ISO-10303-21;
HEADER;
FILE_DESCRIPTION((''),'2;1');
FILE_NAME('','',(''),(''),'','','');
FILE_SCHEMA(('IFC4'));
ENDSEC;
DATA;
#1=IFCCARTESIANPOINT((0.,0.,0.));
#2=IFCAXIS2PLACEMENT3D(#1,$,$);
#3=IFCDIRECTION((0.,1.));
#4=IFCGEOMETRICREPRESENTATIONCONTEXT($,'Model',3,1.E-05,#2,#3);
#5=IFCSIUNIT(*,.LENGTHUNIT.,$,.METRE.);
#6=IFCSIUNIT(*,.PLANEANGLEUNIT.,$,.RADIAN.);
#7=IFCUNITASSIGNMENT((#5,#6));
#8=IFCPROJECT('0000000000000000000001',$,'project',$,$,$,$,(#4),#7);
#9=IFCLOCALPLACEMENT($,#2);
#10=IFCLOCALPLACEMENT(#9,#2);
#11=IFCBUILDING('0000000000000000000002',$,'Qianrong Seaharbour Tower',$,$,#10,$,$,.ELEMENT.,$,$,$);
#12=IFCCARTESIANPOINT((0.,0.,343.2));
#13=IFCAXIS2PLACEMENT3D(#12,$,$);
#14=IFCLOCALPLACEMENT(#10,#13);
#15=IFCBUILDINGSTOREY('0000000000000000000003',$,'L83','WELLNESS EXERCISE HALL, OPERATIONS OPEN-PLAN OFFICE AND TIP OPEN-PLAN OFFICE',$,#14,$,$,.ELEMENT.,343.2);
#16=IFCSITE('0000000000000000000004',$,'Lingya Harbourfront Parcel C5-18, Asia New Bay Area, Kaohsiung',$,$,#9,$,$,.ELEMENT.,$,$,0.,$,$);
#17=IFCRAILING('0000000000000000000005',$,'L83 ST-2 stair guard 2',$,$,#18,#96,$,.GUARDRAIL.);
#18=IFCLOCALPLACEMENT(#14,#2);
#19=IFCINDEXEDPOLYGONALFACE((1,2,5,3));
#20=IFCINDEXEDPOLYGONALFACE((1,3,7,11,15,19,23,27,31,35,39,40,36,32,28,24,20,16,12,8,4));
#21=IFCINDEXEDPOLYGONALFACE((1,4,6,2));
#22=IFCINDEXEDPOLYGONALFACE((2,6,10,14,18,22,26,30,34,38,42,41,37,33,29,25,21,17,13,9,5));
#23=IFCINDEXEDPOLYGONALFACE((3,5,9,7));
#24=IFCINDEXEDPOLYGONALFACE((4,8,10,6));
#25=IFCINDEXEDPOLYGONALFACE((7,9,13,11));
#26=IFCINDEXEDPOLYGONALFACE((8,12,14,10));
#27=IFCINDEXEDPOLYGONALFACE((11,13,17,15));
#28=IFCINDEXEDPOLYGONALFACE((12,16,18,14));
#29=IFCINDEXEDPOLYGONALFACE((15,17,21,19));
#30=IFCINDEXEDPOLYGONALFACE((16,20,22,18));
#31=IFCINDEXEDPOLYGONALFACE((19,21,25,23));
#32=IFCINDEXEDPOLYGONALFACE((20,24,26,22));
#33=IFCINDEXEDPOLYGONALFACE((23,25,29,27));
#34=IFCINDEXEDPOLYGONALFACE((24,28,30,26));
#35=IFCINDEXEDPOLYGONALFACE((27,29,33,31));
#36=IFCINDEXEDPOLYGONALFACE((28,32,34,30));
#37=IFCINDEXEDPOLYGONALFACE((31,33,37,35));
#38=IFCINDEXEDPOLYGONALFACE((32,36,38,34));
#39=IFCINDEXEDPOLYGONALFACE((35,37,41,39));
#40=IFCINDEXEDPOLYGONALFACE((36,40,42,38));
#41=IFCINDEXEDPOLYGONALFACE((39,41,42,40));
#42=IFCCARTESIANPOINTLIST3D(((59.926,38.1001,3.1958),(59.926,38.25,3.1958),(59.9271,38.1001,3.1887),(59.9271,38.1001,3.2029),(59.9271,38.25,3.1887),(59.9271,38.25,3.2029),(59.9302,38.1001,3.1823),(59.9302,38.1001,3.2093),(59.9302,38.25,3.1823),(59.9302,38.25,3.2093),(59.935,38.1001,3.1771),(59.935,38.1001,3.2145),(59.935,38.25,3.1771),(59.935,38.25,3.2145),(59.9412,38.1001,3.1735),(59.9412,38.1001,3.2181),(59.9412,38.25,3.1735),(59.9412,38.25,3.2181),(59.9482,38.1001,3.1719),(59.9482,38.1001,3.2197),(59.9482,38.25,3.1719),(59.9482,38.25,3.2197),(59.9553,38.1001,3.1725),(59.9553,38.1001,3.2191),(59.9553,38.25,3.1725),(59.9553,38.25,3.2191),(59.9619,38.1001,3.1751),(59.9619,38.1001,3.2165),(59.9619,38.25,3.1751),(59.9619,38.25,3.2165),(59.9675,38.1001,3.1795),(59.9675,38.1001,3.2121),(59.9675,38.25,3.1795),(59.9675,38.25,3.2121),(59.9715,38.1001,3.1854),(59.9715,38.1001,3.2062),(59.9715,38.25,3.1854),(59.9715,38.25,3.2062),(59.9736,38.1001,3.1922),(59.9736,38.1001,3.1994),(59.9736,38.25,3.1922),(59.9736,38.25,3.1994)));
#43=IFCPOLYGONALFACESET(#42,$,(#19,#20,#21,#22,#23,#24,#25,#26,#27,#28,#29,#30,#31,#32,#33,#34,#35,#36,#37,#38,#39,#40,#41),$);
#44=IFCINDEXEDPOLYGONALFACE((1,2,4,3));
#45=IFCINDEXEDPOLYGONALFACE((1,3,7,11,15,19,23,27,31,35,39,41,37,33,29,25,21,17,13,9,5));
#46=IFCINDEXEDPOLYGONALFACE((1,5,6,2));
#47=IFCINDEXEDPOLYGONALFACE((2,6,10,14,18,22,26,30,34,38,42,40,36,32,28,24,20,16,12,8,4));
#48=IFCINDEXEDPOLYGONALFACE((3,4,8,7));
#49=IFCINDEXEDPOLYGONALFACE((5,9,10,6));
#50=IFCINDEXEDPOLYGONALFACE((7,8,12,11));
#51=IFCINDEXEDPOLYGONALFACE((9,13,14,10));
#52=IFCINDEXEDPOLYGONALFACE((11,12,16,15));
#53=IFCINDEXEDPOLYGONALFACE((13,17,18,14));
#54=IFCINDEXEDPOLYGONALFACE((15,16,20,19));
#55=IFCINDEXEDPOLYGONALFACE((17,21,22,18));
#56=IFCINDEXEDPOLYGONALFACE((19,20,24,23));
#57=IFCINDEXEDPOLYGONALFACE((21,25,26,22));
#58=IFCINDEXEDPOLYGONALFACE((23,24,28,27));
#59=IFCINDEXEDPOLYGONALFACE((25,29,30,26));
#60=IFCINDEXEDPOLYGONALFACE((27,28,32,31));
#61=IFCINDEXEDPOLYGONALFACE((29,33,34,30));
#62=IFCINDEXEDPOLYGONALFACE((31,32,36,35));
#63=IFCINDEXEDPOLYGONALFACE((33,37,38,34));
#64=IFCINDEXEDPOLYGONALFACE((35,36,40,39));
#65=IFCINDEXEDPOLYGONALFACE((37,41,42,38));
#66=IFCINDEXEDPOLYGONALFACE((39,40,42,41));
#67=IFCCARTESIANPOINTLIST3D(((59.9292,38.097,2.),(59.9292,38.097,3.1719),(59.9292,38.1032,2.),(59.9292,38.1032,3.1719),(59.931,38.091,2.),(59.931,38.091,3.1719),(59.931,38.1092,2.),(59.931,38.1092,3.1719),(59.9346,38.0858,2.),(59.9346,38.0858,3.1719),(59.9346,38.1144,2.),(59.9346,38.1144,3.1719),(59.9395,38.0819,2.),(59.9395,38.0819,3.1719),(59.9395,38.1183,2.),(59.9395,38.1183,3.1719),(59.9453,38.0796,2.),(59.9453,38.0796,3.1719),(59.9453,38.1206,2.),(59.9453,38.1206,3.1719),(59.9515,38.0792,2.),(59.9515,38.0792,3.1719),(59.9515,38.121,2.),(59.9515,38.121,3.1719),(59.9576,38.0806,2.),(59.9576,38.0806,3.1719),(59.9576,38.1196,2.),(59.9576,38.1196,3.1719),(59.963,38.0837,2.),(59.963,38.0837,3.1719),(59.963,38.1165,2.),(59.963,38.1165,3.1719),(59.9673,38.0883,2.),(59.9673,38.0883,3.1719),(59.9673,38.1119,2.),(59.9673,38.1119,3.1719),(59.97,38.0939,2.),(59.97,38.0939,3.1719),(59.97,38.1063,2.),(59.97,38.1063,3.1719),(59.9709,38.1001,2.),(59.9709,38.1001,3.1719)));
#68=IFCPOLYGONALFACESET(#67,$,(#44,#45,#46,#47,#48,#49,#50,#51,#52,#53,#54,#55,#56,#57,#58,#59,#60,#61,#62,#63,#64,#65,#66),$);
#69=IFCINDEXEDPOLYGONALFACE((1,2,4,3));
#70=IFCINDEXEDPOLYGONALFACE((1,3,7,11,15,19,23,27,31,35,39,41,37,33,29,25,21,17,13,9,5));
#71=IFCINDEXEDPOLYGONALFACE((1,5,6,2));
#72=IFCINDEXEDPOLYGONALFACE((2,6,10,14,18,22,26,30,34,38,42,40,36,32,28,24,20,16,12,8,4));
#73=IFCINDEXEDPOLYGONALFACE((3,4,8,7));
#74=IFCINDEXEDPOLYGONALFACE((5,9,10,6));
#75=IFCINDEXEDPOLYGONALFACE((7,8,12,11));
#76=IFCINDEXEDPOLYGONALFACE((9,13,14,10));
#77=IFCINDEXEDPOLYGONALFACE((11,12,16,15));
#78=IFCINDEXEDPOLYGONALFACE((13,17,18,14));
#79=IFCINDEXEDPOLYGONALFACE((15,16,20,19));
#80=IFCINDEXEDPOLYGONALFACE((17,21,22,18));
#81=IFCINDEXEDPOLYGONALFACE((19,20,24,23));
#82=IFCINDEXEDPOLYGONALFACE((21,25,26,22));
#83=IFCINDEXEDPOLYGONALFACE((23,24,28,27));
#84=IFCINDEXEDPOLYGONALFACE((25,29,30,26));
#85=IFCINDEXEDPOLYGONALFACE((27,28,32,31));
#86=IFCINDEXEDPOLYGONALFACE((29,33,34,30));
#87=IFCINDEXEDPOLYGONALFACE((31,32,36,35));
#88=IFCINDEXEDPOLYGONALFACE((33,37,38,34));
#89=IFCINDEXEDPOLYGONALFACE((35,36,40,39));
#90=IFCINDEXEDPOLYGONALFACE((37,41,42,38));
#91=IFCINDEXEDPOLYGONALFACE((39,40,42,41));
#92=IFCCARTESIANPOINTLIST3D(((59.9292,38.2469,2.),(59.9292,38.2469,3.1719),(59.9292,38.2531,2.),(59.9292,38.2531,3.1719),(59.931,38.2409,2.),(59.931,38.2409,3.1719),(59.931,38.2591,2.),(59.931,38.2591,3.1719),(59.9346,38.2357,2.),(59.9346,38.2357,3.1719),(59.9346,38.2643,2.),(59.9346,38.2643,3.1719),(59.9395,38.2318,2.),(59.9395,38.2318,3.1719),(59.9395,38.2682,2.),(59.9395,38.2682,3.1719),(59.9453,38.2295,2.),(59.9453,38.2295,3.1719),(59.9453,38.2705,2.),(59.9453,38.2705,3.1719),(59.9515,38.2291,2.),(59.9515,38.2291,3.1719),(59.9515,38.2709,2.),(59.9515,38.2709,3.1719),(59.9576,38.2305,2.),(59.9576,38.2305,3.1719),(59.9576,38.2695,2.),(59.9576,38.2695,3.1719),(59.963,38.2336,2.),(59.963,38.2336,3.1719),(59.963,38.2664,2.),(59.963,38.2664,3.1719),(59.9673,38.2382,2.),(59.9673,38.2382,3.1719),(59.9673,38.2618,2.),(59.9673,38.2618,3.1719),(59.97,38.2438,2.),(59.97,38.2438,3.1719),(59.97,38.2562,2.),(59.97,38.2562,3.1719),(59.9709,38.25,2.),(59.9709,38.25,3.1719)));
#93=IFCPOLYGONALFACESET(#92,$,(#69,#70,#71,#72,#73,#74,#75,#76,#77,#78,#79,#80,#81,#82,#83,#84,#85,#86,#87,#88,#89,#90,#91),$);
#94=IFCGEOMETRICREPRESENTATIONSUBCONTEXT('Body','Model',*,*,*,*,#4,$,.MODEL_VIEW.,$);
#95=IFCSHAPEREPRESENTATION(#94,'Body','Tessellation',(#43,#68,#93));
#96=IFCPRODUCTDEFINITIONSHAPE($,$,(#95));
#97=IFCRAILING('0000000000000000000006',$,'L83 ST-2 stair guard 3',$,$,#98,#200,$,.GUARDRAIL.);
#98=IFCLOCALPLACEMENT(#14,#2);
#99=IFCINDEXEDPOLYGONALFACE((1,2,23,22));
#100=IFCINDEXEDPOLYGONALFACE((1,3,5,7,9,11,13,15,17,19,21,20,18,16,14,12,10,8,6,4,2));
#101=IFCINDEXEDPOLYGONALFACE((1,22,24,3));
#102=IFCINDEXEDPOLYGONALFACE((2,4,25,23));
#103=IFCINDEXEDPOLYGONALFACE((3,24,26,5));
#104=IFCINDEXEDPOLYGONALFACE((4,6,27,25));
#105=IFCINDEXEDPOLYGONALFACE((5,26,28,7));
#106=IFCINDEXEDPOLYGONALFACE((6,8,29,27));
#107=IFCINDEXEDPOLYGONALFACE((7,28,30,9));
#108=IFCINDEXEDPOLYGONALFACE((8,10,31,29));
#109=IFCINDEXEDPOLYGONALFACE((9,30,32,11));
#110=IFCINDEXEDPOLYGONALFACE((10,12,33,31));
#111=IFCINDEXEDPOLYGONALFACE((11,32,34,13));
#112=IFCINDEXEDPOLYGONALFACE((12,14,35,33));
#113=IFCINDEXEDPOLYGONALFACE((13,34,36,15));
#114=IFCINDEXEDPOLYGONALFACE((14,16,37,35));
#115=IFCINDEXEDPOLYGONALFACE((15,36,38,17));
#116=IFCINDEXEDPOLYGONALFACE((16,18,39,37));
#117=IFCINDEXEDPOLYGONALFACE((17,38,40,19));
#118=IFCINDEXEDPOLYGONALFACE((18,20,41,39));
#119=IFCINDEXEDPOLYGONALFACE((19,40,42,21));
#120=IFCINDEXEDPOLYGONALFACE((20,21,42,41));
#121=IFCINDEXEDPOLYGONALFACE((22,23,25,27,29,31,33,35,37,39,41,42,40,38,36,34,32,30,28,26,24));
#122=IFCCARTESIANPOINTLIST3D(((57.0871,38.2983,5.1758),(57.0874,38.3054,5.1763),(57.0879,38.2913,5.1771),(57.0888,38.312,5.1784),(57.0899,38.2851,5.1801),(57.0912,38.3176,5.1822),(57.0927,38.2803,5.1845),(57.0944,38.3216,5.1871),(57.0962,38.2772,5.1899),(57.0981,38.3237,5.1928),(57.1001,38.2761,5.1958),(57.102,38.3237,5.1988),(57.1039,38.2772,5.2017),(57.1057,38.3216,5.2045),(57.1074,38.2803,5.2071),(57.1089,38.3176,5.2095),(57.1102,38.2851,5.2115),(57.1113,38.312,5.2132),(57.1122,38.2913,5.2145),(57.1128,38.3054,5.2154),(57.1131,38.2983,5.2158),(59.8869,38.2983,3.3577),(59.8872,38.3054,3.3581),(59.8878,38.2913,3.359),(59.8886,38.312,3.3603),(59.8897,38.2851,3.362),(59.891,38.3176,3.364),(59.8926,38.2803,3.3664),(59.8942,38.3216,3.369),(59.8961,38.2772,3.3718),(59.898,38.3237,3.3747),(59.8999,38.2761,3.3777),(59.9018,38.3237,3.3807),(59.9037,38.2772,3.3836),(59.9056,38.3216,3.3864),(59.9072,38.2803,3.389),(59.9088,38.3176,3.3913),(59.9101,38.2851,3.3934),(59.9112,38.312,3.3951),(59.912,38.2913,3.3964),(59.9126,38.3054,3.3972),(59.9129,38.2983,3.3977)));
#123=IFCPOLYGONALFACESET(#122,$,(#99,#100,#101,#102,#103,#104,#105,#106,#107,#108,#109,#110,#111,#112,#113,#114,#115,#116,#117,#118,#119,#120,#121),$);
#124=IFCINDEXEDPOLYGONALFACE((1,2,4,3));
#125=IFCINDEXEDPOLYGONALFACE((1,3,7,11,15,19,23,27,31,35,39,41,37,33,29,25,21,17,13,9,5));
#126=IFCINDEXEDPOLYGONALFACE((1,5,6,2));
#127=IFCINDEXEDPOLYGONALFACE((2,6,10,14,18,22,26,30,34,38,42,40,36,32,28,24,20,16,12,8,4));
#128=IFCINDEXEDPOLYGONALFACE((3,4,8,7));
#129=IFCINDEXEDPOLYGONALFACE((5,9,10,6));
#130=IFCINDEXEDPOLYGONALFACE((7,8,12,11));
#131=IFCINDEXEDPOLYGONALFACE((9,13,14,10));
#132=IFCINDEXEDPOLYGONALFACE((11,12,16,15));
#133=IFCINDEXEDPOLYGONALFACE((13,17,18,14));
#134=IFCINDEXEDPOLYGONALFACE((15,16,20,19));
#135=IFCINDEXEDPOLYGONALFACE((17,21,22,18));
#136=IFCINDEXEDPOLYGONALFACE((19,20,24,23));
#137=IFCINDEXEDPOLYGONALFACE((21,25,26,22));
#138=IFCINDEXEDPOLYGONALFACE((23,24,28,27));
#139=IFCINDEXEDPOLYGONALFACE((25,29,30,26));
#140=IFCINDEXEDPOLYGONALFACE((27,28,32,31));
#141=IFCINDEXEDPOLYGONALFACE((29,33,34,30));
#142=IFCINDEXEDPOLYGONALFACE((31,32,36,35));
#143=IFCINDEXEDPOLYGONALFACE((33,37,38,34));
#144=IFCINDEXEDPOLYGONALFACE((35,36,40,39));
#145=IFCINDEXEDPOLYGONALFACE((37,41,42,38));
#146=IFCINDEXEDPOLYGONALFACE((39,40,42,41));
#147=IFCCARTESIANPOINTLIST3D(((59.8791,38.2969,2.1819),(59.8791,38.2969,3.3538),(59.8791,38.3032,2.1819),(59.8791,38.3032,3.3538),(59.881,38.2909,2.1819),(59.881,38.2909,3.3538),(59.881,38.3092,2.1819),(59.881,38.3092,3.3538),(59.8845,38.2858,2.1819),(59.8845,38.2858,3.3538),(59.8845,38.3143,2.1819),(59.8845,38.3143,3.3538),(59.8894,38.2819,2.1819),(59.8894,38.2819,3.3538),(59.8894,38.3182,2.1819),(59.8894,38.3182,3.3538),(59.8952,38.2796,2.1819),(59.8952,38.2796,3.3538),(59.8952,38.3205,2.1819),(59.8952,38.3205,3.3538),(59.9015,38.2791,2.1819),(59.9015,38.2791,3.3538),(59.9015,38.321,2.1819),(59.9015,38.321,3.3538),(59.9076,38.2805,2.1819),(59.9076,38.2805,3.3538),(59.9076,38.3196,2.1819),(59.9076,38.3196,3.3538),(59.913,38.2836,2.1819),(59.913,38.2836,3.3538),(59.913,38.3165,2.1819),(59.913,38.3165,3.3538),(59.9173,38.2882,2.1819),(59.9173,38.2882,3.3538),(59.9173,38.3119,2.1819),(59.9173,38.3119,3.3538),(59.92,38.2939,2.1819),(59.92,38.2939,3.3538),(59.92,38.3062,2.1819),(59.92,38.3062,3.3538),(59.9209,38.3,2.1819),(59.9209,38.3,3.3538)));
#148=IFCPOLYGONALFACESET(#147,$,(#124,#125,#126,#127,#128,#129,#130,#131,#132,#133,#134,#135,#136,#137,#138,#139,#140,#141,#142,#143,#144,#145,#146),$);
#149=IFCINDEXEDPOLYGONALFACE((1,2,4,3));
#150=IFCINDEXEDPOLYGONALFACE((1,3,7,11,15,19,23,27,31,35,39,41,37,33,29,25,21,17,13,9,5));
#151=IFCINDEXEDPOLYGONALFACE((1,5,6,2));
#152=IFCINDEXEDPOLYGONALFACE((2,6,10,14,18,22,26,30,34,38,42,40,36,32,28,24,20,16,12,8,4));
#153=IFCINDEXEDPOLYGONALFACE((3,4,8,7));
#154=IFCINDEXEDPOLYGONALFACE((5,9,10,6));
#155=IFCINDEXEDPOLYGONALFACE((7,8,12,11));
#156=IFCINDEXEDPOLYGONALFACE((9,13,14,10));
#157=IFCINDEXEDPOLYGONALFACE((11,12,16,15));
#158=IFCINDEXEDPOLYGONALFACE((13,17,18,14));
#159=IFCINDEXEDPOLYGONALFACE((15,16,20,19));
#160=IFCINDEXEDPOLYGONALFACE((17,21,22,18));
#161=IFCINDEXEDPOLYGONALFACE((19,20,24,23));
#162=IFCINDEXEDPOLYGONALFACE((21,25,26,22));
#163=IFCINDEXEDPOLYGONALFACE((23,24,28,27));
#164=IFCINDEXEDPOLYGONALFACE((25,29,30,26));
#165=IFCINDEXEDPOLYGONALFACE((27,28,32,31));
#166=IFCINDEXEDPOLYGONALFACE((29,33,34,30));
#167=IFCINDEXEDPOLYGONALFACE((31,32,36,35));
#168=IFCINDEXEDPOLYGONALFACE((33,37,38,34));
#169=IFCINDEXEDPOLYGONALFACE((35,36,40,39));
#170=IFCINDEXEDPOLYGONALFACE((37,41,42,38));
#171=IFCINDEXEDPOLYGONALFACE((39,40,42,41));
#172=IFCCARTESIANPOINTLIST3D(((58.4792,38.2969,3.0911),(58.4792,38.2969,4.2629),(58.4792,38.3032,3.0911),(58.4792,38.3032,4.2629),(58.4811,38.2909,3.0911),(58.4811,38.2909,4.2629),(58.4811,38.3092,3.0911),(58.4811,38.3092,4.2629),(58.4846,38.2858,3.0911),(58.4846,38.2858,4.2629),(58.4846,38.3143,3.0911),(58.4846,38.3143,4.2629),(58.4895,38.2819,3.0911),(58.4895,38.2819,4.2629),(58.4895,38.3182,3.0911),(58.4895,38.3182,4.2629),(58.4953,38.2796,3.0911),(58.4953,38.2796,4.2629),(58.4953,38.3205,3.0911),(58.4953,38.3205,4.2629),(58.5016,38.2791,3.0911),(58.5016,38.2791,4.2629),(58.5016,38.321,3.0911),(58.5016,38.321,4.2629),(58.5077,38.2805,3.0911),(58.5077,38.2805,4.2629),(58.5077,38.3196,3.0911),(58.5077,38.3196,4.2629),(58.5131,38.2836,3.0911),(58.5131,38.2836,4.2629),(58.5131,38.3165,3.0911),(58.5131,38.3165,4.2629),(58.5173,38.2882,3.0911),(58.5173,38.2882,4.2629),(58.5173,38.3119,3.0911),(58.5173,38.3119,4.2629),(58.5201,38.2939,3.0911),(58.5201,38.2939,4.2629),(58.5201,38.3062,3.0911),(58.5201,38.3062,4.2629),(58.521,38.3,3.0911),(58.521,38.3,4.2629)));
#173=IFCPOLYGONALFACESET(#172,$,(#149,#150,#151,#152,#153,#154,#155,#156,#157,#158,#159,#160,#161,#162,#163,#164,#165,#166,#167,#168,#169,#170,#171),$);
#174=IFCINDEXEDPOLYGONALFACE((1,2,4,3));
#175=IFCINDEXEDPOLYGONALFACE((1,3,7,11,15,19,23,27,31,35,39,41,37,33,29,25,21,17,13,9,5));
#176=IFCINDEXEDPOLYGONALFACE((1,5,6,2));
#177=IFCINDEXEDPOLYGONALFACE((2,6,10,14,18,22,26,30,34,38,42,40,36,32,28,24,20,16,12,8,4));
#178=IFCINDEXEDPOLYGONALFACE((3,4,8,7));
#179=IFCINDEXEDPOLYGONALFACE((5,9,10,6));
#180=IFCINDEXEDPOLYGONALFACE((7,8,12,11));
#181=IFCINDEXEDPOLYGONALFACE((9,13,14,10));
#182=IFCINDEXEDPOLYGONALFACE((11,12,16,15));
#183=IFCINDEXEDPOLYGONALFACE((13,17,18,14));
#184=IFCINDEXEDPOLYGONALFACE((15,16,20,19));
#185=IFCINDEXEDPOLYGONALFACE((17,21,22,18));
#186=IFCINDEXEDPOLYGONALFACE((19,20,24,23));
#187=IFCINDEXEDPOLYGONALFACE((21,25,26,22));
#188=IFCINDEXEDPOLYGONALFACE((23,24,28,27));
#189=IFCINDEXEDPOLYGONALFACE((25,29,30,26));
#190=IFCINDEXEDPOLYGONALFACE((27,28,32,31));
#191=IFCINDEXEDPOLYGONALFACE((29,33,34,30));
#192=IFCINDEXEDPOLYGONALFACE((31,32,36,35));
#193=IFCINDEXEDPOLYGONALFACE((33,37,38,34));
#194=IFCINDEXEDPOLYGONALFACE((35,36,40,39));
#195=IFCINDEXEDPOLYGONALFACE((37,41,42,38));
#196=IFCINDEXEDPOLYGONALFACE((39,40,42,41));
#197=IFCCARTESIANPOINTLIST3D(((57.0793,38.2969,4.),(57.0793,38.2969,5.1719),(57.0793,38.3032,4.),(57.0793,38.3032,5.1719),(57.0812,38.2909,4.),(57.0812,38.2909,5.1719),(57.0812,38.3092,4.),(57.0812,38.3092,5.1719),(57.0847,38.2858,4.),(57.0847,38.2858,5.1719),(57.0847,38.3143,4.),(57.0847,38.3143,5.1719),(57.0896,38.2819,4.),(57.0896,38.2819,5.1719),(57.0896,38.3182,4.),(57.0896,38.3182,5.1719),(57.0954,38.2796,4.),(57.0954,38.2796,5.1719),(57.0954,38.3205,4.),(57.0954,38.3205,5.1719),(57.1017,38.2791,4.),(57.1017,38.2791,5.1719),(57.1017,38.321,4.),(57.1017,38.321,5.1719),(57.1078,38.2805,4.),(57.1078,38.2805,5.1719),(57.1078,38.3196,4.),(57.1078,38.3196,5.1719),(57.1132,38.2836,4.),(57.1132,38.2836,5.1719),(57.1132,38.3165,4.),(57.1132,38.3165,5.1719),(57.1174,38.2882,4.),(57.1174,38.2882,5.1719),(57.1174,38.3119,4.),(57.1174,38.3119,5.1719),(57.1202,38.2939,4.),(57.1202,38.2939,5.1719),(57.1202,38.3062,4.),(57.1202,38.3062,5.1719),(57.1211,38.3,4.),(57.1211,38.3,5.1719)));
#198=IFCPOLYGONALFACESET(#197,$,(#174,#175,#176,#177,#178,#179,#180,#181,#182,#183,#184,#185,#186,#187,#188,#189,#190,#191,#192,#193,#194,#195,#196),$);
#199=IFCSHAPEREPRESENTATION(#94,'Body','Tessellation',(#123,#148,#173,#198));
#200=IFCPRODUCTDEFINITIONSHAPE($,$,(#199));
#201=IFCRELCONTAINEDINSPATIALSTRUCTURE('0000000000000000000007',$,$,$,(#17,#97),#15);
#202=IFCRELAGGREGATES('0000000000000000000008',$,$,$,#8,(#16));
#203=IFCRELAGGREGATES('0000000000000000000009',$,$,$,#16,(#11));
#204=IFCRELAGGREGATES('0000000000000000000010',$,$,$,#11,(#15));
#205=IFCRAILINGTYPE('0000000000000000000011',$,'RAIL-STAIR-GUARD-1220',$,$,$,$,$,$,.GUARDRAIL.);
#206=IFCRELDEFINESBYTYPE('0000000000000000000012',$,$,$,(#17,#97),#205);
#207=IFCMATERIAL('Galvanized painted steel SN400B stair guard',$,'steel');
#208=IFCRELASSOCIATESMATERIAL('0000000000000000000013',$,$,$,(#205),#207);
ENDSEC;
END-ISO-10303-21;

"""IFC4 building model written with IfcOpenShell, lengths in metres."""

from ifc_helpers import new_model, si_unit, direction, frame, origin, origin_2d, place, context, subcontext, project, spatial, circle, extrude, material, type_object, element, save


model = new_model("IFC4")

# Units and contexts
model_context = context("Model", 3, precision=1e-05, world=origin(), true_north=direction((0.0, 1.0)))
body_context = subcontext(model_context, "Body", "Model", "MODEL_VIEW")
ifc_project = project(units=[si_unit("LENGTHUNIT", "METRE"), si_unit("PLANEANGLEUNIT", "RADIAN")], contexts=[model_context])

# Site, building, storey
site_placement = place(None, origin())
site = spatial("IfcSite", under=ifc_project, at=site_placement, Name="Lingya Harbourfront Parcel C5-18, Asia New Bay Area, Kaohsiung", CompositionType="ELEMENT", RefElevation=0.0)
building_placement = place(site_placement, origin())
building = spatial("IfcBuilding", under=site, at=building_placement, Name="Qianrong Seaharbour Tower", CompositionType="ELEMENT")
storey_placement = place(building_placement, frame((0.0, 0.0, 343.2)))
storey = spatial("IfcBuildingStorey", under=building, at=storey_placement, Name="L83", Description="WELLNESS EXERCISE HALL, OPERATIONS OPEN-PLAN OFFICE AND TIP OPEN-PLAN OFFICE", CompositionType="ELEMENT", Elevation=343.2)

# Railings
ifc_material_1 = material(Name="Galvanized painted steel SN400B stair guard", Category="steel")
railing_type_1 = type_object("IfcRailingType", Name="RAIL-STAIR-GUARD-1220", PredefinedType="GUARDRAIL", material=ifc_material_1)
railing_1_placement = place(storey_placement, frame((59.95, 38.1001, 2.0)))
element("IfcRailing", 1, at=railing_1_placement, inside=storey, type_object=railing_type_1, Name="L83 ST-2 stair guard 2", PredefinedType="GUARDRAIL", context=body_context, shape_type="SweptSolid", body=[
    extrude(circle(Radius=0.0239, at=origin_2d()), frame((0.0, 0.0, 1.1958), z_axis=(0.0, 1.0, 0.0), x_axis=(-1.0, 0.0, 0.0)), (0.0, 0.0, 1.0), 0.1499),
    extrude(circle(Radius=0.021, at=origin_2d()), origin(), (0.0, 0.0, 1.0), 1.1719),
    extrude(circle(Radius=0.021, at=origin_2d()), frame((0.0, 0.1499, 0.0)), (0.0, 0.0, 1.0), 1.1719),
])
railing_2_placement = place(storey_placement, frame((59.8999, 38.3, 2.1819)))
element("IfcRailing", 2, at=railing_2_placement, inside=storey, type_object=railing_type_1, Name="L83 ST-2 stair guard 3", PredefinedType="GUARDRAIL", context=body_context, shape_type="SweptSolid", body=[
    extrude(circle(Radius=0.0239, at=origin_2d()), frame((0.0, 0.0, 1.1958), z_axis=(-0.838684, 0.0, 0.544618), x_axis=(0.0, -1.0, 0.0)), (0.0, 0.0, 1.0), 3.3384),
    extrude(circle(Radius=0.021, at=origin_2d()), origin(), (0.0, 0.0, 1.0), 1.1719),
    extrude(circle(Radius=0.021, at=origin_2d()), frame((-1.3999, 0.0, 0.9092)), (0.0, 0.0, 1.0), 1.1719),
    extrude(circle(Radius=0.021, at=origin_2d()), frame((-2.7998, 0.0, 1.8181)), (0.0, 0.0, 1.0), 1.1719),
])

save(model, "model.ifc")
